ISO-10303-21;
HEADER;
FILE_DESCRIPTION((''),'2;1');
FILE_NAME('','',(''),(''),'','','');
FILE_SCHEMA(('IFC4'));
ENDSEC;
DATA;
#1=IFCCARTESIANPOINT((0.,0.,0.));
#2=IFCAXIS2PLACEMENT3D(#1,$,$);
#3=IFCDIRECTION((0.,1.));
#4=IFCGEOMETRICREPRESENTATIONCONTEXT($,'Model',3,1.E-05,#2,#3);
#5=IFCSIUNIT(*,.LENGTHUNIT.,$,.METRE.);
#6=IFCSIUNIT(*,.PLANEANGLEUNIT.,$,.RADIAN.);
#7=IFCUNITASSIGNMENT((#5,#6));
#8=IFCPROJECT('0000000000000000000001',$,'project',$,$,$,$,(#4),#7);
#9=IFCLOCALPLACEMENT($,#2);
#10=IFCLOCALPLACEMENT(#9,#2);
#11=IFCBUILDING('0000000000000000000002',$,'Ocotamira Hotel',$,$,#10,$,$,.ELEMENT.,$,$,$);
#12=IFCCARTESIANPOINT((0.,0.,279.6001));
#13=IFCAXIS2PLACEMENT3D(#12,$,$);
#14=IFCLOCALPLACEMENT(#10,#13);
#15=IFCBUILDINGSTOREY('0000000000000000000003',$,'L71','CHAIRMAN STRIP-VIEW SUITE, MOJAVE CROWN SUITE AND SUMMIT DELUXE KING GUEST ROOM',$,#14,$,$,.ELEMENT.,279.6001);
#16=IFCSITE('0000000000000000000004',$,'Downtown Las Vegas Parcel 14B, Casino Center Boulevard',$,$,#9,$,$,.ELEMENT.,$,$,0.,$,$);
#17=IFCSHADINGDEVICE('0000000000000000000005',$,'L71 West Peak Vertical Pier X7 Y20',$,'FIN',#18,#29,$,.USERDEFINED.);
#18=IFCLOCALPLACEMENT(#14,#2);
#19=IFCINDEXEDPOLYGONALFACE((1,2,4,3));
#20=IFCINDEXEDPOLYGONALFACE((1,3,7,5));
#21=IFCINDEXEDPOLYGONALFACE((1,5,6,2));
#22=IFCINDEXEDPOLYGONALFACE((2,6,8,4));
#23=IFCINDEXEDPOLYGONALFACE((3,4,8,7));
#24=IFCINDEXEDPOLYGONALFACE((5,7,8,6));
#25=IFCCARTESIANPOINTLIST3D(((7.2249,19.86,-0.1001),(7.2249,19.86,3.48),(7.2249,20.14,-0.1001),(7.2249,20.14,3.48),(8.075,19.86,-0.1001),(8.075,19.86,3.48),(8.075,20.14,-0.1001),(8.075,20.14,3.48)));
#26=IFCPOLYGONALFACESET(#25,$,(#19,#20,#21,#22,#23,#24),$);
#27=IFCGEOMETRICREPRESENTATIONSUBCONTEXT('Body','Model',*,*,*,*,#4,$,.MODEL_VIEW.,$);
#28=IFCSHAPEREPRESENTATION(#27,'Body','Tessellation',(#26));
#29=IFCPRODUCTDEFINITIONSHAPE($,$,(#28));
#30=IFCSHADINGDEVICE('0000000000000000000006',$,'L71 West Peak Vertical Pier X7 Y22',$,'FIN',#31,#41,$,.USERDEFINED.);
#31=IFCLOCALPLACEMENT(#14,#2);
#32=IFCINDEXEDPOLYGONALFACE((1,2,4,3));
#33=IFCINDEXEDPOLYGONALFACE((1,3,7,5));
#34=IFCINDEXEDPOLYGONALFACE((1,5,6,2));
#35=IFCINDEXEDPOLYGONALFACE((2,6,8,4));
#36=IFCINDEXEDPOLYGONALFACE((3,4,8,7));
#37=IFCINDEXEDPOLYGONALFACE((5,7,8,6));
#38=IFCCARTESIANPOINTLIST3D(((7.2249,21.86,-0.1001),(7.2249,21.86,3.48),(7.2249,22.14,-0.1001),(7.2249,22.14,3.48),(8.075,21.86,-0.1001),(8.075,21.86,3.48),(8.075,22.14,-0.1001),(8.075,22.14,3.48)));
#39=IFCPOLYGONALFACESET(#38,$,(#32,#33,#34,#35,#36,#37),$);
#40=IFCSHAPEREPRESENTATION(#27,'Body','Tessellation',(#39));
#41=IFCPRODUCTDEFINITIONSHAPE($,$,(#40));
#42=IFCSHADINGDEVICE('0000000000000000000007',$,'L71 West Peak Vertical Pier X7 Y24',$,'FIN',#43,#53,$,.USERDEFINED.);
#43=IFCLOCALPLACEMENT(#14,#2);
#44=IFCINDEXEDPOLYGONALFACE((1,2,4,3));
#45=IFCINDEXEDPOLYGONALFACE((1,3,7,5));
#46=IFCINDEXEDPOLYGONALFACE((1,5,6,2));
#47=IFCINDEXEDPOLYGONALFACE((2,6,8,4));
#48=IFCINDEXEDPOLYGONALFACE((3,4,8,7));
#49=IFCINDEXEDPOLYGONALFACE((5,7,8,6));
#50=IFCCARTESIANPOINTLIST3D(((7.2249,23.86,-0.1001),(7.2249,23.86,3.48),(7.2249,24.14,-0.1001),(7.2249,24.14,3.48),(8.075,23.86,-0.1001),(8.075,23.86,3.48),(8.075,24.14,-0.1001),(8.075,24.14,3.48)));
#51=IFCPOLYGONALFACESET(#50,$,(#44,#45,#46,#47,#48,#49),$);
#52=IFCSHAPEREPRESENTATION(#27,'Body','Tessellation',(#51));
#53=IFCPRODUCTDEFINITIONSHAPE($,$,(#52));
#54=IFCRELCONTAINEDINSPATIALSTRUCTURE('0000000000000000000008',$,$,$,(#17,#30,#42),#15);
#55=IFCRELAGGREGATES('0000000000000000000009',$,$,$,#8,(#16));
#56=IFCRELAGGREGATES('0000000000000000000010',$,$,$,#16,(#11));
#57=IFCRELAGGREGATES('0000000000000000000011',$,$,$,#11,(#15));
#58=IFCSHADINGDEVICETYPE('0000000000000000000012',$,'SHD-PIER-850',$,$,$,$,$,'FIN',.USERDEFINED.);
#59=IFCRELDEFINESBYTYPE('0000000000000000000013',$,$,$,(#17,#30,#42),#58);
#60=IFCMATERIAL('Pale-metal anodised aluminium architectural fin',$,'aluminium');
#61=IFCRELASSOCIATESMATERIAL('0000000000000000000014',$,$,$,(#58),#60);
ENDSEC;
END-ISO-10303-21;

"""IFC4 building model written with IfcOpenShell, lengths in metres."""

from ifc_helpers import new_model, si_unit, direction, frame, origin, origin_2d, place, context, subcontext, project, spatial, rectangle, extrude, source, transform, mapped, material, type_object, element, save


model = new_model("IFC4")

# Units and contexts
model_context = context("Model", 3, precision=1e-05, world=origin(), true_north=direction((0.0, 1.0)))
body_context = subcontext(model_context, "Body", "Model", "MODEL_VIEW")
ifc_project = project(units=[si_unit("LENGTHUNIT", "METRE"), si_unit("PLANEANGLEUNIT", "RADIAN")], contexts=[model_context])

# Site, building, storey
site_placement = place(None, origin())
site = spatial("IfcSite", under=ifc_project, at=site_placement, Name="Downtown Las Vegas Parcel 14B, Casino Center Boulevard", CompositionType="ELEMENT", RefElevation=0.0)
building_placement = place(site_placement, origin())
building = spatial("IfcBuilding", under=site, at=building_placement, Name="Ocotamira Hotel", CompositionType="ELEMENT")
storey_placement = place(building_placement, frame((0.0, 0.0, 279.6001)))
storey = spatial("IfcBuildingStorey", under=building, at=storey_placement, Name="L71", Description="CHAIRMAN STRIP-VIEW SUITE, MOJAVE CROWN SUITE AND SUMMIT DELUXE KING GUEST ROOM", CompositionType="ELEMENT", Elevation=279.6001)

# Shading devices
ifc_material_1 = material(Name="Pale-metal anodised aluminium architectural fin", Category="aluminium")
shading_device_type = type_object("IfcShadingDeviceType", Name="SHD-PIER-850", ElementType="FIN", PredefinedType="USERDEFINED", material=ifc_material_1)
shared_shape_1 = source(origin(), body_context, "Body", "SweptSolid", [
    extrude(rectangle(XDim=0.8501, YDim=0.28, at=origin_2d()), origin(), (0.0, 0.0, 1.0), 3.5801),
])
for number, where, z_axis, x_axis, name in (
    (1, (7.6499, 20.0, -0.1001), (0.0, 0.0, 1.0), (1.0, 0.0, 0.0), "L71 West Peak Vertical Pier X7 Y20"),
    (2, (7.6499, 22.0, -0.1001), (0.0, 0.0, 1.0), (1.0, 0.0, 0.0), "L71 West Peak Vertical Pier X7 Y22"),
    (3, (7.6499, 24.0, -0.1001), (0.0, 0.0, 1.0), (1.0, 0.0, 0.0), "L71 West Peak Vertical Pier X7 Y24"),
):
    element("IfcShadingDevice", number, at=place(storey_placement, frame(where, z_axis=z_axis, x_axis=x_axis)), inside=storey, type_object=shading_device_type, Name=name, ObjectType="FIN", PredefinedType="USERDEFINED", context=body_context, shape_type="MappedRepresentation", body=[
        mapped(shared_shape_1, transform((0.0, 0.0, 0.0), scale=1.0)),
    ])

save(model, "model.ifc")
